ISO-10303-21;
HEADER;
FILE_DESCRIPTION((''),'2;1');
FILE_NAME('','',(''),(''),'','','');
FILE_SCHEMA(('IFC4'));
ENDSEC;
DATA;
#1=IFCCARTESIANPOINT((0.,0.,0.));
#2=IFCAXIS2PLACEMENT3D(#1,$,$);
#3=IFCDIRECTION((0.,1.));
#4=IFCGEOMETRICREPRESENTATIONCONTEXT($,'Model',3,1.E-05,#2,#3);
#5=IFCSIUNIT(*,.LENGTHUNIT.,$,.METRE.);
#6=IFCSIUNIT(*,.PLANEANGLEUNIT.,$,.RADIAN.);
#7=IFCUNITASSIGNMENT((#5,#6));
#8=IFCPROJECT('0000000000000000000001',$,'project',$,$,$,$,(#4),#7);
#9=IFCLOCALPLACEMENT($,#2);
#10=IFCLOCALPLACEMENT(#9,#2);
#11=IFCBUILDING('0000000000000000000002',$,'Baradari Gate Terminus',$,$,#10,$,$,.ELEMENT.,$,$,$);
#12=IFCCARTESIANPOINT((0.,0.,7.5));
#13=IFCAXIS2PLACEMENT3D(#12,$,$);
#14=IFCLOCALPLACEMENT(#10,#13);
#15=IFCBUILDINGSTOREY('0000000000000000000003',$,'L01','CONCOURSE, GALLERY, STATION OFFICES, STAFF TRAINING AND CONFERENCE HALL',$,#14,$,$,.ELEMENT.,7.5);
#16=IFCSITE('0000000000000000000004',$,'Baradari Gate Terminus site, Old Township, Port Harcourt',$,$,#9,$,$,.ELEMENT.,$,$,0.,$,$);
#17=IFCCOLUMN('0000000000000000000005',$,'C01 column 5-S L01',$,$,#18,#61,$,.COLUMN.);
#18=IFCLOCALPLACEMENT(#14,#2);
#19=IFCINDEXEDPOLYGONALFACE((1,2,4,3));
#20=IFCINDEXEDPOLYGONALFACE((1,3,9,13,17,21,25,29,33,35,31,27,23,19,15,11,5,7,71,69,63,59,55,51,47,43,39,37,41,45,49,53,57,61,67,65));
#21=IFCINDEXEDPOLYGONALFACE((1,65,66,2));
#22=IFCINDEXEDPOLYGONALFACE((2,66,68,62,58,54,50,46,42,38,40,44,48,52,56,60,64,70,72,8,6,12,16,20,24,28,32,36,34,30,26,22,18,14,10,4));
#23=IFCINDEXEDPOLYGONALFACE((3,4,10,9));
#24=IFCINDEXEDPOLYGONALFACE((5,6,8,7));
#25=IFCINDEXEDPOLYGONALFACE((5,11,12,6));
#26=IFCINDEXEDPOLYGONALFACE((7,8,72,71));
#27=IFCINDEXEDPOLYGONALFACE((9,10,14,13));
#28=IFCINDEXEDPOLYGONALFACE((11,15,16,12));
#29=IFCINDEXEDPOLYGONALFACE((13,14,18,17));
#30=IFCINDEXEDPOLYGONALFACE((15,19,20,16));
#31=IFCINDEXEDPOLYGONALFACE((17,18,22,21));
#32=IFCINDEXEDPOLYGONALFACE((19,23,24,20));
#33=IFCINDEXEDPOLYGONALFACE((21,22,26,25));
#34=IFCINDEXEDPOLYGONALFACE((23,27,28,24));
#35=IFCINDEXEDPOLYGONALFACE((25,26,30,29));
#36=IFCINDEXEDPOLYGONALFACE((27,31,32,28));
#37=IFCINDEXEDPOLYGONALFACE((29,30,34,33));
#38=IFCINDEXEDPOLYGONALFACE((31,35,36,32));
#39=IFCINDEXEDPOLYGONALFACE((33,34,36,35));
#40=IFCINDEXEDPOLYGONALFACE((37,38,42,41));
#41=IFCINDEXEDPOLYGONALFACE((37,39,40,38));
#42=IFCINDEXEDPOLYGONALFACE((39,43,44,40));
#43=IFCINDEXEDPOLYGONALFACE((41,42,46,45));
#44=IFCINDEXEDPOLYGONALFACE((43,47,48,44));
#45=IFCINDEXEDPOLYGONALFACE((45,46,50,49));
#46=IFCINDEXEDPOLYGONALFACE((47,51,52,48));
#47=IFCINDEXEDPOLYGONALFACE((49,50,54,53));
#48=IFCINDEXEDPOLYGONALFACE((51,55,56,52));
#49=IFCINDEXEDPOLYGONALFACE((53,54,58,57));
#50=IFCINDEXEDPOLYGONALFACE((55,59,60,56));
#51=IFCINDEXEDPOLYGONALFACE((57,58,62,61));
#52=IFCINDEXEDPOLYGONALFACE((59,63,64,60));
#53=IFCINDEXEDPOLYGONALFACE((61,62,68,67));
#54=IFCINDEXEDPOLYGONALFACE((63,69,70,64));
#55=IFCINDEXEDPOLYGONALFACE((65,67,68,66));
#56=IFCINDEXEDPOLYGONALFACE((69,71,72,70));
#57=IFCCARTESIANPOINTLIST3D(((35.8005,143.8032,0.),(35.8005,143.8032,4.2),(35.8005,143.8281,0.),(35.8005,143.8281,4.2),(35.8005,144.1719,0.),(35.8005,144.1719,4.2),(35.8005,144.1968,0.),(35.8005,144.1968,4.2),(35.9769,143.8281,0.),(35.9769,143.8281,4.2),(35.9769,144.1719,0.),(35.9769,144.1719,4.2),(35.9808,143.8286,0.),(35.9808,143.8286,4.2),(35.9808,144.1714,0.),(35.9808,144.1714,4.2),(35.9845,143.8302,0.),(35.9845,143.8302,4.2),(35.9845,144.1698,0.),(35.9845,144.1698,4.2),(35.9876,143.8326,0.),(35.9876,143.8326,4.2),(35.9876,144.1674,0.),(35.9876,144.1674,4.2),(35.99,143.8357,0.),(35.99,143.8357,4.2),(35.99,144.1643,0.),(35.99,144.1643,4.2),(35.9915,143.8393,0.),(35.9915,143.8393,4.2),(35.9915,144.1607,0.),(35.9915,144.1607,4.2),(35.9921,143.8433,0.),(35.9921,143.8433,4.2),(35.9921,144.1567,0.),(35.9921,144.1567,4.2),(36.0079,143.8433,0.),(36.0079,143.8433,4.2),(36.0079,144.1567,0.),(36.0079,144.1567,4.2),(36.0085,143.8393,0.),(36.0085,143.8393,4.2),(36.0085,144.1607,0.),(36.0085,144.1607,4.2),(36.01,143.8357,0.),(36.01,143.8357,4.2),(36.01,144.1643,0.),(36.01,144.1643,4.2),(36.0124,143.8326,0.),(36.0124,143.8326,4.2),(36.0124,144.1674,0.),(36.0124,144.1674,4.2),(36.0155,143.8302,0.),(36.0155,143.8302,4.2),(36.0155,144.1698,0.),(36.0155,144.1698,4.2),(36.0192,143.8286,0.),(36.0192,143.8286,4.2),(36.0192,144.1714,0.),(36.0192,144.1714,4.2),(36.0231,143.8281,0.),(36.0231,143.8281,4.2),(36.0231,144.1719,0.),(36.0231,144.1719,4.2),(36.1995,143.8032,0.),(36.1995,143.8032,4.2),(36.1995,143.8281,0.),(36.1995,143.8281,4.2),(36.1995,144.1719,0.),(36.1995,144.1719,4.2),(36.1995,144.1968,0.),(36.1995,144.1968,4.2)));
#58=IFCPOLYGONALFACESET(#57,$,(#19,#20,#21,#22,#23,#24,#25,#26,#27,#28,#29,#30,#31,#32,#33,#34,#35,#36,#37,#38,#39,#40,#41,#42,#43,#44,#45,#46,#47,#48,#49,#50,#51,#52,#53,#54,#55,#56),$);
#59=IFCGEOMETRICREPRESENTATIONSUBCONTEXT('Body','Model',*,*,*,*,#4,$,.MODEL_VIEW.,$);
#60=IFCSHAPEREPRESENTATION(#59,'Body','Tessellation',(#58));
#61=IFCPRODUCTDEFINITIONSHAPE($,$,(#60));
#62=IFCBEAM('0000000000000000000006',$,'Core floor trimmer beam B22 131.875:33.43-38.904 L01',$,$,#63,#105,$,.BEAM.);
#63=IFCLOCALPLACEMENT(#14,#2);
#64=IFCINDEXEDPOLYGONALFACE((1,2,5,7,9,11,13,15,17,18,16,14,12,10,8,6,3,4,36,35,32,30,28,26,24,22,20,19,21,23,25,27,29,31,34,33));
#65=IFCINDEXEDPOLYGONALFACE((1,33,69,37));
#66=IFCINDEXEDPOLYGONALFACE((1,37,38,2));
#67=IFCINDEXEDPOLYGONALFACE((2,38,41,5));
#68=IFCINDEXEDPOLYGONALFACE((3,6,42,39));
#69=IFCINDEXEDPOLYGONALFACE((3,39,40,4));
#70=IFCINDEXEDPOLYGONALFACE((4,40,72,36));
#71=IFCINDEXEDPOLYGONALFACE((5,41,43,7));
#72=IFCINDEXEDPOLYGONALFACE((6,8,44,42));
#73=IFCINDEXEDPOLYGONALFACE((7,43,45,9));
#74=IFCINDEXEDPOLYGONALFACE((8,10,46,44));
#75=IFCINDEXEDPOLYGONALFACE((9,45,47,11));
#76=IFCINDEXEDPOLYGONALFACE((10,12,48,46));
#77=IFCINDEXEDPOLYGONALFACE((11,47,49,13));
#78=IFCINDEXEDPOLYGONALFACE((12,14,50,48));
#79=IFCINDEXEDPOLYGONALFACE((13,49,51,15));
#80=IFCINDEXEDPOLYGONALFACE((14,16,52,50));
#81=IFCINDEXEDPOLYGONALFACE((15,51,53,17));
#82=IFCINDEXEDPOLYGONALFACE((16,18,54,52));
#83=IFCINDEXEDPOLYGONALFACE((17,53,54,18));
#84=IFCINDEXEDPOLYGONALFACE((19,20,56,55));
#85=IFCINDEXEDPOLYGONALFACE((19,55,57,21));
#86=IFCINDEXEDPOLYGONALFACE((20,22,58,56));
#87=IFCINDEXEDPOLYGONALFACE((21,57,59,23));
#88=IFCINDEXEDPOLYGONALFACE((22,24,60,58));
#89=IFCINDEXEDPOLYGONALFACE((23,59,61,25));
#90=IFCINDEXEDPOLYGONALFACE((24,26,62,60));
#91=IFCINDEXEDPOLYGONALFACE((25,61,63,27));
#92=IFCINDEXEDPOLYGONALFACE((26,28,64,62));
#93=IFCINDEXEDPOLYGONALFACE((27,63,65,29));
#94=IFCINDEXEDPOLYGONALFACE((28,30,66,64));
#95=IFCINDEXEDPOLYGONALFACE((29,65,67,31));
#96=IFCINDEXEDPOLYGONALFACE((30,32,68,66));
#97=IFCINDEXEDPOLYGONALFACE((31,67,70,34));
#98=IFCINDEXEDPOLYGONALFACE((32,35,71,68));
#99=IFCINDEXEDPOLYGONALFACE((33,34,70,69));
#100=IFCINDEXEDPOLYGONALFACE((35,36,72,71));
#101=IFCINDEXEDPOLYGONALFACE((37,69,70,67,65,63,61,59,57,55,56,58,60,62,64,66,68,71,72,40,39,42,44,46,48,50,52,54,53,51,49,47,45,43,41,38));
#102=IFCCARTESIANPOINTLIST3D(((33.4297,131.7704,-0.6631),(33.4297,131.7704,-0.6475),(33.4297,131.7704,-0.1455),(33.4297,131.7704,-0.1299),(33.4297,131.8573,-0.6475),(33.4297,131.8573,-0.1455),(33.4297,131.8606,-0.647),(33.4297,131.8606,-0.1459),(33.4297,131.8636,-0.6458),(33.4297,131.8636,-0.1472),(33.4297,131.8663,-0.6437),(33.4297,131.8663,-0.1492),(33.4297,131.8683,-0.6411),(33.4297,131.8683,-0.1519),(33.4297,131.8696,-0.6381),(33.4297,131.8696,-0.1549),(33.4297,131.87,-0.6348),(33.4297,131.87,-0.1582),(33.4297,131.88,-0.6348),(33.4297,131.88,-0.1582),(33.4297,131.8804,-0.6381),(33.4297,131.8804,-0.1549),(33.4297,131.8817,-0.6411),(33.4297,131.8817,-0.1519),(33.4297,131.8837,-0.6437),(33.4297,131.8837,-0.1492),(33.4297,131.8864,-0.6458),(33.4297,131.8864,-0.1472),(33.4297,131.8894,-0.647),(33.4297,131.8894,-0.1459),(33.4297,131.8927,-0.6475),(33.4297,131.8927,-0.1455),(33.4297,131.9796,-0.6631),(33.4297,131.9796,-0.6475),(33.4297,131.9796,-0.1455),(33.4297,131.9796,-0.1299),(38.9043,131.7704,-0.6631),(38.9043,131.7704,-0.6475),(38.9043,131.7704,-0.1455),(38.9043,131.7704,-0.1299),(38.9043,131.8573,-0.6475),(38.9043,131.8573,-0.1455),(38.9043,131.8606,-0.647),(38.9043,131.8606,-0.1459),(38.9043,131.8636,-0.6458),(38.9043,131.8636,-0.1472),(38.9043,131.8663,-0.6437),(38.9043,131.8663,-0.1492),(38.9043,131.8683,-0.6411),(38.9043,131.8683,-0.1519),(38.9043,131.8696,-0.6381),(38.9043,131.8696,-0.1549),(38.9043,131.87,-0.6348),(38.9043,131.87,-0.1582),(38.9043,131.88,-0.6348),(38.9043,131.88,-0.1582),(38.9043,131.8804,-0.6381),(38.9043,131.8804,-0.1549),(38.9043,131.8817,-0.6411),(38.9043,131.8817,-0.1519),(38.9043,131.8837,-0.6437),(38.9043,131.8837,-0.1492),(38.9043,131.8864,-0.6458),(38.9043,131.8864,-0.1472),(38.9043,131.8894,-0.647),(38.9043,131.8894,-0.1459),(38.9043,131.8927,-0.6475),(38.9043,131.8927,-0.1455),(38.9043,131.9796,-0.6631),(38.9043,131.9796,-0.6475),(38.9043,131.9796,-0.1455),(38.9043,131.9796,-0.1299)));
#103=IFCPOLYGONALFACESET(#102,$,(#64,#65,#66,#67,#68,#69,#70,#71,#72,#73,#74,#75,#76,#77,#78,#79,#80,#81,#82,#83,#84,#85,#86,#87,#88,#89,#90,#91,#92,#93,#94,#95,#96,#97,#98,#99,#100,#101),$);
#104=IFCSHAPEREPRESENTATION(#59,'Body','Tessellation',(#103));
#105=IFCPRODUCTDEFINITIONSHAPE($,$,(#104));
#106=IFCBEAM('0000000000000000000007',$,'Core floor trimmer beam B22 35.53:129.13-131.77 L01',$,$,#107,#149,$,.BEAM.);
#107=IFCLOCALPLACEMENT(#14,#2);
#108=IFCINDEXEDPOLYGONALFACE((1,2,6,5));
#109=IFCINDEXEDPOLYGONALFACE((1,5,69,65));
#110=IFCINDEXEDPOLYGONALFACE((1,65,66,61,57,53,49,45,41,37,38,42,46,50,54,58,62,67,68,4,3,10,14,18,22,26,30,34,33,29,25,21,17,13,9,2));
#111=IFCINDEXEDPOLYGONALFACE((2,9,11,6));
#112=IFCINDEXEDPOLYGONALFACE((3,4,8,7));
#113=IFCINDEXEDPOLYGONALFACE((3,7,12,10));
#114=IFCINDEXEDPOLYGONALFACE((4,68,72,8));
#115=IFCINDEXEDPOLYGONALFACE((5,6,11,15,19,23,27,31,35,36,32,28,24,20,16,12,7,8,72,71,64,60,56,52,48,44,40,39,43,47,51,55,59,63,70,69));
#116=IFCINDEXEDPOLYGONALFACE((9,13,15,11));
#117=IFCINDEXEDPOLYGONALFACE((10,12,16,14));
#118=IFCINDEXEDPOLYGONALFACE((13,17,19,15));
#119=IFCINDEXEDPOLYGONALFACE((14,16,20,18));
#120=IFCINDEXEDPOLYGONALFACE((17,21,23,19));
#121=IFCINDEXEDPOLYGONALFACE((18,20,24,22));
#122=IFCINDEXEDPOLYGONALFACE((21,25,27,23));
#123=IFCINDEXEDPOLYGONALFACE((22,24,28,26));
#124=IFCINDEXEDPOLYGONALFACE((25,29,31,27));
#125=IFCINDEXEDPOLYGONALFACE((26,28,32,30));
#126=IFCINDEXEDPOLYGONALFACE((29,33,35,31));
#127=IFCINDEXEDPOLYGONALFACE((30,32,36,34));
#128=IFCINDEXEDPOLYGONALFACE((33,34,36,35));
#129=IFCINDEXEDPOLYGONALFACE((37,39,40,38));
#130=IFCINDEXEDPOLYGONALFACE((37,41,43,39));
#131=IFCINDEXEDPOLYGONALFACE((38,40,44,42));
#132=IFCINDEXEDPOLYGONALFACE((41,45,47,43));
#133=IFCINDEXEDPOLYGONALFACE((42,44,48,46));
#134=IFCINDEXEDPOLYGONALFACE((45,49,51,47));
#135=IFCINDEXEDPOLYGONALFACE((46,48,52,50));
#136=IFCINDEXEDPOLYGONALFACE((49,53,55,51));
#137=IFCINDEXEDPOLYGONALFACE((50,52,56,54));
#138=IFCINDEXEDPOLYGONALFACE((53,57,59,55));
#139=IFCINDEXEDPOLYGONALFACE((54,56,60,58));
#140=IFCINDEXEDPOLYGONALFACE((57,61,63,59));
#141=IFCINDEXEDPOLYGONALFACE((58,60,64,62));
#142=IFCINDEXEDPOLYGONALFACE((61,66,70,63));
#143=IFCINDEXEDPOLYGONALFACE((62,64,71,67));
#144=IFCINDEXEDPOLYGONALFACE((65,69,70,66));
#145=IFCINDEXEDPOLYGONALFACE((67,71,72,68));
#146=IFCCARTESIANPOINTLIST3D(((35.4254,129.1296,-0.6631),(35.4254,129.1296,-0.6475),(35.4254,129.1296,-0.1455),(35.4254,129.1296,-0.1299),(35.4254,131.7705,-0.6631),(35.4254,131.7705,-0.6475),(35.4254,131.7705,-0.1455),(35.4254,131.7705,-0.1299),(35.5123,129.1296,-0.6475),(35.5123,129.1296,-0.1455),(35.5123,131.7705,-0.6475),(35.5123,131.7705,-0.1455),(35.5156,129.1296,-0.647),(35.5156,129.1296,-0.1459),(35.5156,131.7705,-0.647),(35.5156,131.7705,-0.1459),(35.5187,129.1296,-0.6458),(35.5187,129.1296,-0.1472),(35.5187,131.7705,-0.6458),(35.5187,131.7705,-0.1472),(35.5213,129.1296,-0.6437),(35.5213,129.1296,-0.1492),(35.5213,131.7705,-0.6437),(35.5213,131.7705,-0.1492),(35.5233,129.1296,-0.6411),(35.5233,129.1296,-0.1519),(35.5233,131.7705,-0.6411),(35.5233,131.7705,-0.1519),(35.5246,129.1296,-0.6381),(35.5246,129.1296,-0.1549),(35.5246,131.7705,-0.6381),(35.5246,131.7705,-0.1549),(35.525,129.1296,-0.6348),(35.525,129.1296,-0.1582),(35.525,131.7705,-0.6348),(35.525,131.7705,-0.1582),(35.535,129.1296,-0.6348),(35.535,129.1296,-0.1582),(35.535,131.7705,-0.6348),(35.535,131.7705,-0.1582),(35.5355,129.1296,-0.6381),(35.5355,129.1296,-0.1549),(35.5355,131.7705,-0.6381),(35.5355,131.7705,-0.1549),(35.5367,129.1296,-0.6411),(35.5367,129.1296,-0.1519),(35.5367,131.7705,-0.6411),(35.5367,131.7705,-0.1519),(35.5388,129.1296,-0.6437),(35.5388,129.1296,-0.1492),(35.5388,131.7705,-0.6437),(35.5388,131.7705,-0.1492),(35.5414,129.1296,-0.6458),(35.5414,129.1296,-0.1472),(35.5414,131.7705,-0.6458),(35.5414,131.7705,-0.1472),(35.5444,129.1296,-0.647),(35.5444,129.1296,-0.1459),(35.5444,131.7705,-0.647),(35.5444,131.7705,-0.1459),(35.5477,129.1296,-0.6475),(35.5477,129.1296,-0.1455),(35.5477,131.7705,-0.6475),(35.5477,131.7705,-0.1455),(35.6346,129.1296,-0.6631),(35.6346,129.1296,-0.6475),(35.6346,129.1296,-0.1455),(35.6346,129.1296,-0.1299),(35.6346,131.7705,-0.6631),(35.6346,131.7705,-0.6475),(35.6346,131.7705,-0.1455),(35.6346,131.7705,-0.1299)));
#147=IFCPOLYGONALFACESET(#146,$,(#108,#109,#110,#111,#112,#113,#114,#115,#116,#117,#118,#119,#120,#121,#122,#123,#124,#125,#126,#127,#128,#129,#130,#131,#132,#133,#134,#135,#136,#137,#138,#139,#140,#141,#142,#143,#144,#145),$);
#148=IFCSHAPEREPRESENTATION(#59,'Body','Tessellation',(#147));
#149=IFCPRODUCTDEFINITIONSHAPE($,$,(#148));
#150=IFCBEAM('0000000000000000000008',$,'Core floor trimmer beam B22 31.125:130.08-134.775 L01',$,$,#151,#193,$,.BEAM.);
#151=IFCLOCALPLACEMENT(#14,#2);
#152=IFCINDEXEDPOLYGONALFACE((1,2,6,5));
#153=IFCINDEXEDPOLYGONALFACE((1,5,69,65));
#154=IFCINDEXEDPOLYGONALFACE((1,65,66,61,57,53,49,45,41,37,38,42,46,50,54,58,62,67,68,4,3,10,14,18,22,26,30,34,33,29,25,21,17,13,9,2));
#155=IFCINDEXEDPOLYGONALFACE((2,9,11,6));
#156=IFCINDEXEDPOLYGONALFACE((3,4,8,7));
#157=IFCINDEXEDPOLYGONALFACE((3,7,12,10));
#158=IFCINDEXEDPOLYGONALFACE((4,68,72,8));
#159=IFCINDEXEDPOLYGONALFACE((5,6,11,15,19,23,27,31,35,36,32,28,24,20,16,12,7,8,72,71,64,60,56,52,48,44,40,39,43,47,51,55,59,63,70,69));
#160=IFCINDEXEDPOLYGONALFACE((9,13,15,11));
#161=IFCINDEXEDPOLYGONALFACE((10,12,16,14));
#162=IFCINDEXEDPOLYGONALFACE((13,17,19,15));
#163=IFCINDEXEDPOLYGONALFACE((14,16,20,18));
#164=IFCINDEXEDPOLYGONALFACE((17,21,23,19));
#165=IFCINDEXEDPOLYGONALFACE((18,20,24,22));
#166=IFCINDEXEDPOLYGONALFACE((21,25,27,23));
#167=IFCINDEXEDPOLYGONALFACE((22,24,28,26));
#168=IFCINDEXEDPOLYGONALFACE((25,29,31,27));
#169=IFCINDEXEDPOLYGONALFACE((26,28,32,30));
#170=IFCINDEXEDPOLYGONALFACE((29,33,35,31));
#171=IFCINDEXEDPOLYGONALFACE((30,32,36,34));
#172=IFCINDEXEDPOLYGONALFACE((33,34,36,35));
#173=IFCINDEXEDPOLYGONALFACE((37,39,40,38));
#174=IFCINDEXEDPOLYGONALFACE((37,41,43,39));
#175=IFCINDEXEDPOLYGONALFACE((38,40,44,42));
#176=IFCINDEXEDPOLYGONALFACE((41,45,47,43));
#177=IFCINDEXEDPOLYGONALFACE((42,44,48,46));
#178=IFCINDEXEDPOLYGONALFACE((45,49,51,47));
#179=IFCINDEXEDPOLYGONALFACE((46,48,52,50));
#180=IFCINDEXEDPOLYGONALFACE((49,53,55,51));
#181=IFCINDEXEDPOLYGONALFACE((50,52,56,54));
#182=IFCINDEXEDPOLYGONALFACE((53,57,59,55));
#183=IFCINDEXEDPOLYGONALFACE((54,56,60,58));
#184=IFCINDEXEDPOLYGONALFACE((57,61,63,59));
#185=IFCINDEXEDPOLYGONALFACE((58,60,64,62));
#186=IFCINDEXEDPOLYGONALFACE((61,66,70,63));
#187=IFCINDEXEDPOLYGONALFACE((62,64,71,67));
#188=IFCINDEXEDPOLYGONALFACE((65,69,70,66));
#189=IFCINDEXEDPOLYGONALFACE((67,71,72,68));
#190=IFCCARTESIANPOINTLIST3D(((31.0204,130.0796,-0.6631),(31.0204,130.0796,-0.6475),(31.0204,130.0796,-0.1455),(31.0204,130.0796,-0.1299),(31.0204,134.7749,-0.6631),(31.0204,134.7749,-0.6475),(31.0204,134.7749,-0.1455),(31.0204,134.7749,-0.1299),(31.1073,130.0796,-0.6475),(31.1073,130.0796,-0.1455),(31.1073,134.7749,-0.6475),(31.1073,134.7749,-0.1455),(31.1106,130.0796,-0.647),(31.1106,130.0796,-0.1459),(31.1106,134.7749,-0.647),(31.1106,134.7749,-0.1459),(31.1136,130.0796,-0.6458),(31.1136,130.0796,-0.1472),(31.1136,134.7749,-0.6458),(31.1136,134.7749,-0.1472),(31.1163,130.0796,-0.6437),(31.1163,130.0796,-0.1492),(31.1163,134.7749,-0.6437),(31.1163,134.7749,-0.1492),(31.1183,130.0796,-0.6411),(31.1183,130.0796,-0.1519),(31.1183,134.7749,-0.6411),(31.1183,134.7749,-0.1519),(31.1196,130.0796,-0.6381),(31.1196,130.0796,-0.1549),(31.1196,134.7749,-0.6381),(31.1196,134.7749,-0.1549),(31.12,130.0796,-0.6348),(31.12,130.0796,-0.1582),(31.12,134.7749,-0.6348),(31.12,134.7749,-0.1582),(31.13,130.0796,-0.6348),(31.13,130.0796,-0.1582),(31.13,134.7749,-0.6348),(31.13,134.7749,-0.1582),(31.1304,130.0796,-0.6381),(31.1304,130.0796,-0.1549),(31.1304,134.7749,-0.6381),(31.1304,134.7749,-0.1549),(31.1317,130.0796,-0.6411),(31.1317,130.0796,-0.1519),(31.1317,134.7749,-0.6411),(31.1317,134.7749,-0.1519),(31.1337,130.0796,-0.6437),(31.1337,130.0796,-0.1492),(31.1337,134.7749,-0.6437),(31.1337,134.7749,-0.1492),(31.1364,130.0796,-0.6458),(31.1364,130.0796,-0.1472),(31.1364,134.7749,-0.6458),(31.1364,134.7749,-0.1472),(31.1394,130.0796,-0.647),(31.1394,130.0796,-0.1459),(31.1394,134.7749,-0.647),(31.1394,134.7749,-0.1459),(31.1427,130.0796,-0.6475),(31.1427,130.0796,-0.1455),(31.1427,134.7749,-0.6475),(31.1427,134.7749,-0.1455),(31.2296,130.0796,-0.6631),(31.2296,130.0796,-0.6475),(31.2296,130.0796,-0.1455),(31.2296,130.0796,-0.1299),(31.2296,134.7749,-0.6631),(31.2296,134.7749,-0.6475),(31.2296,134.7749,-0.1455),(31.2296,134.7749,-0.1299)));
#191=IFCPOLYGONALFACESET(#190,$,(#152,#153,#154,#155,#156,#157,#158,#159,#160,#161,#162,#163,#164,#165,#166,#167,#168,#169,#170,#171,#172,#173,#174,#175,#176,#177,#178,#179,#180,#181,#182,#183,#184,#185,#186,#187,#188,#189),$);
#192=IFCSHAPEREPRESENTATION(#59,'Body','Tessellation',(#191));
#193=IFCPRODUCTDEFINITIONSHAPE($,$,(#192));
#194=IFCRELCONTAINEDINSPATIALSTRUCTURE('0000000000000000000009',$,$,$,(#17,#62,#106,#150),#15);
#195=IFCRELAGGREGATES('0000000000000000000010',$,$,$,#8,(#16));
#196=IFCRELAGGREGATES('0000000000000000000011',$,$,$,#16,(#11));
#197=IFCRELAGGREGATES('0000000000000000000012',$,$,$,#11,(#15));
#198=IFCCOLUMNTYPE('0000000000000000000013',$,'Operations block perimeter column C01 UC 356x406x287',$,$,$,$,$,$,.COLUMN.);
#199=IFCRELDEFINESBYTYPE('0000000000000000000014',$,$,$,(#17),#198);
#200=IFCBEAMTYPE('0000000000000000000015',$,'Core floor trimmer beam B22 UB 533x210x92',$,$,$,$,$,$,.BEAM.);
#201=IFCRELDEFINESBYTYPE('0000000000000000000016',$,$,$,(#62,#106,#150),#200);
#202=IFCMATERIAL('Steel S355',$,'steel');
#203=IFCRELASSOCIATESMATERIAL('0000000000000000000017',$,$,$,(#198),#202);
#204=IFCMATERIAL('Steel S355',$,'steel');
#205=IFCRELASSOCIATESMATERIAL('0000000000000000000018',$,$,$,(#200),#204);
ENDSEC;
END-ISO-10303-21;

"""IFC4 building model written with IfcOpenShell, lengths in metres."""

from ifc_helpers import new_model, si_unit, direction, frame, origin, origin_2d, place, context, subcontext, project, spatial, i_section, extrude, material, material_profile, profile_set, type_object, element, save


model = new_model("IFC4")

# Units and contexts
model_context = context("Model", 3, precision=1e-05, world=origin(), true_north=direction((0.0, 1.0)))
body_context = subcontext(model_context, "Body", "Model", "MODEL_VIEW")
ifc_project = project(units=[si_unit("LENGTHUNIT", "METRE"), si_unit("PLANEANGLEUNIT", "RADIAN")], contexts=[model_context])

# Site, building, storey
site_placement = place(None, origin())
site = spatial("IfcSite", under=ifc_project, at=site_placement, Name="Baradari Gate Terminus site, Old Township, Port Harcourt", CompositionType="ELEMENT", RefElevation=0.0)
building_placement = place(site_placement, origin())
building = spatial("IfcBuilding", under=site, at=building_placement, Name="Baradari Gate Terminus", CompositionType="ELEMENT")
storey_placement = place(building_placement, frame((0.0, 0.0, 7.5)))
storey = spatial("IfcBuildingStorey", under=building, at=storey_placement, Name="L01", Description="CONCOURSE, GALLERY, STATION OFFICES, STAFF TRAINING AND CONFERENCE HALL", CompositionType="ELEMENT", Elevation=7.5)

# Column
ifc_material_1 = material(Name="Steel S355", Category="steel")
ifc_material_profile_1 = material_profile(ifc_material_1, i_section(OverallWidth=0.3989, OverallDepth=0.3936, WebThickness=0.0159, FlangeThickness=0.0249, FilletRadius=0.0151, at=origin_2d()), Name="UC 356x406x287")
ifc_profile_set_1 = profile_set([ifc_material_profile_1], Name="Steel S355")
column_type = type_object("IfcColumnType", Name="Operations block perimeter column C01 UC 356x406x287", PredefinedType="COLUMN", material=ifc_profile_set_1)
column_placement = place(storey_placement, frame((36.0, 144.0, 0.0), z_axis=(0.0, 0.0, 1.0), x_axis=(1.0, 0.0, 0.0)))
element("IfcColumn", 1, at=column_placement, inside=storey, type_object=column_type, Name="C01 column 5-S L01", PredefinedType="COLUMN", context=body_context, shape_type="SweptSolid", body=[
    extrude(i_section(OverallWidth=0.3989, OverallDepth=0.3936, WebThickness=0.0159, FlangeThickness=0.0249, FilletRadius=0.0151, at=origin_2d()), origin(), (0.0, 0.0, 1.0), 4.2),
])

# Beams
ifc_material_2 = material(Name="Steel S355", Category="steel")
ifc_material_profile_2 = material_profile(ifc_material_2, i_section(OverallWidth=0.2092, OverallDepth=0.5332, WebThickness=0.01, FlangeThickness=0.0156, FilletRadius=0.0127, at=origin_2d()), Name="UB 533x210x92")
ifc_profile_set_2 = profile_set([ifc_material_profile_2], Name="Steel S355")
beam_type_1 = type_object("IfcBeamType", Name="Core floor trimmer beam B22 UB 533x210x92", PredefinedType="BEAM", material=ifc_profile_set_2)
beam_1_placement = place(storey_placement, frame((33.4297, 131.875, -0.3965), z_axis=(1.0, 0.0, 0.0), x_axis=(0.0, 1.0, 0.0)))
element("IfcBeam", 2, at=beam_1_placement, inside=storey, type_object=beam_type_1, Name="Core floor trimmer beam B22 131.875:33.43-38.904 L01", PredefinedType="BEAM", context=body_context, shape_type="SweptSolid", body=[
    extrude(i_section(OverallWidth=0.2092, OverallDepth=0.5332, WebThickness=0.01, FlangeThickness=0.0156, FilletRadius=0.0127, at=origin_2d()), origin(), (0.0, 0.0, 1.0), 5.4746),
])
beam_2_placement = place(storey_placement, frame((35.53, 129.1296, -0.3965), z_axis=(0.0, 1.0, 0.0), x_axis=(-1.0, 0.0, 0.0)))
element("IfcBeam", 3, at=beam_2_placement, inside=storey, type_object=beam_type_1, Name="Core floor trimmer beam B22 35.53:129.13-131.77 L01", PredefinedType="BEAM", context=body_context, shape_type="SweptSolid", body=[
    extrude(i_section(OverallWidth=0.2092, OverallDepth=0.5332, WebThickness=0.01, FlangeThickness=0.0156, FilletRadius=0.0127, at=origin_2d()), origin(), (0.0, 0.0, 1.0), 2.6409),
])
beam_3_placement = place(storey_placement, frame((31.125, 130.0796, -0.3965), z_axis=(0.0, 1.0, 0.0), x_axis=(-1.0, 0.0, 0.0)))
element("IfcBeam", 4, at=beam_3_placement, inside=storey, type_object=beam_type_1, Name="Core floor trimmer beam B22 31.125:130.08-134.775 L01", PredefinedType="BEAM", context=body_context, shape_type="SweptSolid", body=[
    extrude(i_section(OverallWidth=0.2092, OverallDepth=0.5332, WebThickness=0.01, FlangeThickness=0.0156, FilletRadius=0.0127, at=origin_2d()), origin(), (0.0, 0.0, 1.0), 4.6953),
])

save(model, "model.ifc")
